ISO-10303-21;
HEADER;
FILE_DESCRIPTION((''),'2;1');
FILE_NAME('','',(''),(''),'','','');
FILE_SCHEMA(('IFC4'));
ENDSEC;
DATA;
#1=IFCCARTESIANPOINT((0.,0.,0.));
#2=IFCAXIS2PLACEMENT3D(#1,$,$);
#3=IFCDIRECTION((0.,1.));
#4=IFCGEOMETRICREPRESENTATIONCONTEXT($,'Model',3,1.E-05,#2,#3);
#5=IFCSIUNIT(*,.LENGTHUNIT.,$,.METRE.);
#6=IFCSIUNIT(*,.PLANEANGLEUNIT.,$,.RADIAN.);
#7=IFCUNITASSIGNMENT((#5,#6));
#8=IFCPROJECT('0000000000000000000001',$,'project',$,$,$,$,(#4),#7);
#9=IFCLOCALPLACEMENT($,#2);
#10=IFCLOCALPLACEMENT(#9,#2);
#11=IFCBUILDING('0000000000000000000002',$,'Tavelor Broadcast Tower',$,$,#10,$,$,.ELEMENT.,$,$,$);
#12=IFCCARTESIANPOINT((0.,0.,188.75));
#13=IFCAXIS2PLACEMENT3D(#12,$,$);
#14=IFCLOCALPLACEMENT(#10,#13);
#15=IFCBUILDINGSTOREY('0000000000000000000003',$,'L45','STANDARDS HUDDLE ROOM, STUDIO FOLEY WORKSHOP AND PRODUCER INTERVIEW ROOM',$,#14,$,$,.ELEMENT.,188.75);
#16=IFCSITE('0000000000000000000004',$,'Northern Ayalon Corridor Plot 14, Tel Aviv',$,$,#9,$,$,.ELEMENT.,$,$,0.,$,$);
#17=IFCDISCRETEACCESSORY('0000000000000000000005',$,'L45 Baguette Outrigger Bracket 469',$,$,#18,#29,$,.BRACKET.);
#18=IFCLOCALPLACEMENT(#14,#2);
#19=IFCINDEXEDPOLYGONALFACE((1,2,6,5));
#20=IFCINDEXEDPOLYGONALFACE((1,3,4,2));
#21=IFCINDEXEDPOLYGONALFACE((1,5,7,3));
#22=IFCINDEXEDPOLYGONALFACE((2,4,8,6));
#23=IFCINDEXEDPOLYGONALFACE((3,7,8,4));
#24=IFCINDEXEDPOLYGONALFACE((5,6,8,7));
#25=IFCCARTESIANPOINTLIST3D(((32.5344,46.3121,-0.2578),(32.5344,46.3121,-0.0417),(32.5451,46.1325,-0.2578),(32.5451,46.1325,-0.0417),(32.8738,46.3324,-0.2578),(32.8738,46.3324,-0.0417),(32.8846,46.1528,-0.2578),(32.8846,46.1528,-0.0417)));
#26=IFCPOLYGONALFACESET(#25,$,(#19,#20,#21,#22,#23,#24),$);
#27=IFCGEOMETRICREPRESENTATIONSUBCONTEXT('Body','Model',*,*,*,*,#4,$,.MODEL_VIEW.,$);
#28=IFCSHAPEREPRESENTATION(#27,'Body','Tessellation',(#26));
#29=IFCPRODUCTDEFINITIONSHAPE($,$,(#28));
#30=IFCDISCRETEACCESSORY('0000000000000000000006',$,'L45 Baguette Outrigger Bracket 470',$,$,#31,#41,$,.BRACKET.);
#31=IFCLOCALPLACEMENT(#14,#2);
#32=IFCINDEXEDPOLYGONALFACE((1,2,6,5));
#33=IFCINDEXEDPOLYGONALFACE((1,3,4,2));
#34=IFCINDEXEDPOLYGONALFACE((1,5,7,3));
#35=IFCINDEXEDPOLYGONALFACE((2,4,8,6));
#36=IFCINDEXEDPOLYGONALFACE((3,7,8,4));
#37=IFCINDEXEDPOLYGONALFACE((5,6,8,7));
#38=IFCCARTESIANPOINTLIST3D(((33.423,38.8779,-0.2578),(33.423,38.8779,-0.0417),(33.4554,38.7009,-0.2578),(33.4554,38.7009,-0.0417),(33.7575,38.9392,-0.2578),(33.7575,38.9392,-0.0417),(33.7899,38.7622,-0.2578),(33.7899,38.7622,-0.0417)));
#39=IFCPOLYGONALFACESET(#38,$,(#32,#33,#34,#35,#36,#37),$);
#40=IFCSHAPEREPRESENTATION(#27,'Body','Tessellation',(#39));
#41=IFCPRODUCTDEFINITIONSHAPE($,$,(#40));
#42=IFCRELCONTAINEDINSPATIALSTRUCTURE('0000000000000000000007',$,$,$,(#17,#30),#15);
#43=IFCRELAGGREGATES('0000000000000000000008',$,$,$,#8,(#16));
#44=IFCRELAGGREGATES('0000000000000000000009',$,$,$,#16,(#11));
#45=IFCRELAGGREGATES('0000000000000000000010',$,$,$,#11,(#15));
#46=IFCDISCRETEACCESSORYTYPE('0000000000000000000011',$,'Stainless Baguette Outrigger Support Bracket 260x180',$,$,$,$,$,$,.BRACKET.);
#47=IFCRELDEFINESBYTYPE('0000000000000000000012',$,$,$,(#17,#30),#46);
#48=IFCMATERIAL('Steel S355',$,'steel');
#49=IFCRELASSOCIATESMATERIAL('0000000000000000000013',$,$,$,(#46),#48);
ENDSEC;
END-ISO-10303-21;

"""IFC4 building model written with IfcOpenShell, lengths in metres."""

from ifc_helpers import new_model, si_unit, direction, frame, origin, origin_2d, place, context, subcontext, project, spatial, rectangle, extrude, source, transform, mapped, material, type_object, type_shapes, element, save


model = new_model("IFC4")

# Units and contexts
model_context = context("Model", 3, precision=1e-05, world=origin(), true_north=direction((0.0, 1.0)))
body_context = subcontext(model_context, "Body", "Model", "MODEL_VIEW")
ifc_project = project(units=[si_unit("LENGTHUNIT", "METRE"), si_unit("PLANEANGLEUNIT", "RADIAN")], contexts=[model_context])

# Site, building, storey
site_placement = place(None, origin())
site = spatial("IfcSite", under=ifc_project, at=site_placement, Name="Northern Ayalon Corridor Plot 14, Tel Aviv", CompositionType="ELEMENT", RefElevation=0.0)
building_placement = place(site_placement, origin())
building = spatial("IfcBuilding", under=site, at=building_placement, Name="Tavelor Broadcast Tower", CompositionType="ELEMENT")
storey_placement = place(building_placement, frame((0.0, 0.0, 188.75)))
storey = spatial("IfcBuildingStorey", under=building, at=storey_placement, Name="L45", Description="STANDARDS HUDDLE ROOM, STUDIO FOLEY WORKSHOP AND PRODUCER INTERVIEW ROOM", CompositionType="ELEMENT", Elevation=188.75)

# Shared definitions
ifc_material_1 = material(Name="Steel S355", Category="steel")

# Discrete accessories
discrete_accessory_type = type_object("IfcDiscreteAccessoryType", Name="Stainless Baguette Outrigger Support Bracket 260x180", PredefinedType="BRACKET", material=ifc_material_1)
shared_shape_1 = source(origin(), body_context, "Body", "SweptSolid", [
    extrude(rectangle(XDim=0.1799, YDim=0.3401, at=origin_2d()), origin(), (0.0, 0.0, 1.0), 0.2161),
])
type_shapes(discrete_accessory_type, [shared_shape_1])
for number, where, z_axis, x_axis, name in (
    (1, (32.7095, 46.2324, -0.2578), (0.0, 0.0, 1.0), (0.059655, -0.998219, 0.0), "L45 Baguette Outrigger Bracket 469"),
    (2, (33.6064, 38.8201, -0.2578), (0.0, 0.0, 1.0), (0.180176, -0.983634, 0.0), "L45 Baguette Outrigger Bracket 470"),
):
    element("IfcDiscreteAccessory", number, at=place(storey_placement, frame(where, z_axis=z_axis, x_axis=x_axis)), inside=storey, type_object=discrete_accessory_type, Name=name, PredefinedType="BRACKET", context=body_context, shape_type="MappedRepresentation", body=[
        mapped(shared_shape_1, transform((0.0, 0.0, 0.0), scale=1.0)),
    ])

save(model, "model.ifc")
